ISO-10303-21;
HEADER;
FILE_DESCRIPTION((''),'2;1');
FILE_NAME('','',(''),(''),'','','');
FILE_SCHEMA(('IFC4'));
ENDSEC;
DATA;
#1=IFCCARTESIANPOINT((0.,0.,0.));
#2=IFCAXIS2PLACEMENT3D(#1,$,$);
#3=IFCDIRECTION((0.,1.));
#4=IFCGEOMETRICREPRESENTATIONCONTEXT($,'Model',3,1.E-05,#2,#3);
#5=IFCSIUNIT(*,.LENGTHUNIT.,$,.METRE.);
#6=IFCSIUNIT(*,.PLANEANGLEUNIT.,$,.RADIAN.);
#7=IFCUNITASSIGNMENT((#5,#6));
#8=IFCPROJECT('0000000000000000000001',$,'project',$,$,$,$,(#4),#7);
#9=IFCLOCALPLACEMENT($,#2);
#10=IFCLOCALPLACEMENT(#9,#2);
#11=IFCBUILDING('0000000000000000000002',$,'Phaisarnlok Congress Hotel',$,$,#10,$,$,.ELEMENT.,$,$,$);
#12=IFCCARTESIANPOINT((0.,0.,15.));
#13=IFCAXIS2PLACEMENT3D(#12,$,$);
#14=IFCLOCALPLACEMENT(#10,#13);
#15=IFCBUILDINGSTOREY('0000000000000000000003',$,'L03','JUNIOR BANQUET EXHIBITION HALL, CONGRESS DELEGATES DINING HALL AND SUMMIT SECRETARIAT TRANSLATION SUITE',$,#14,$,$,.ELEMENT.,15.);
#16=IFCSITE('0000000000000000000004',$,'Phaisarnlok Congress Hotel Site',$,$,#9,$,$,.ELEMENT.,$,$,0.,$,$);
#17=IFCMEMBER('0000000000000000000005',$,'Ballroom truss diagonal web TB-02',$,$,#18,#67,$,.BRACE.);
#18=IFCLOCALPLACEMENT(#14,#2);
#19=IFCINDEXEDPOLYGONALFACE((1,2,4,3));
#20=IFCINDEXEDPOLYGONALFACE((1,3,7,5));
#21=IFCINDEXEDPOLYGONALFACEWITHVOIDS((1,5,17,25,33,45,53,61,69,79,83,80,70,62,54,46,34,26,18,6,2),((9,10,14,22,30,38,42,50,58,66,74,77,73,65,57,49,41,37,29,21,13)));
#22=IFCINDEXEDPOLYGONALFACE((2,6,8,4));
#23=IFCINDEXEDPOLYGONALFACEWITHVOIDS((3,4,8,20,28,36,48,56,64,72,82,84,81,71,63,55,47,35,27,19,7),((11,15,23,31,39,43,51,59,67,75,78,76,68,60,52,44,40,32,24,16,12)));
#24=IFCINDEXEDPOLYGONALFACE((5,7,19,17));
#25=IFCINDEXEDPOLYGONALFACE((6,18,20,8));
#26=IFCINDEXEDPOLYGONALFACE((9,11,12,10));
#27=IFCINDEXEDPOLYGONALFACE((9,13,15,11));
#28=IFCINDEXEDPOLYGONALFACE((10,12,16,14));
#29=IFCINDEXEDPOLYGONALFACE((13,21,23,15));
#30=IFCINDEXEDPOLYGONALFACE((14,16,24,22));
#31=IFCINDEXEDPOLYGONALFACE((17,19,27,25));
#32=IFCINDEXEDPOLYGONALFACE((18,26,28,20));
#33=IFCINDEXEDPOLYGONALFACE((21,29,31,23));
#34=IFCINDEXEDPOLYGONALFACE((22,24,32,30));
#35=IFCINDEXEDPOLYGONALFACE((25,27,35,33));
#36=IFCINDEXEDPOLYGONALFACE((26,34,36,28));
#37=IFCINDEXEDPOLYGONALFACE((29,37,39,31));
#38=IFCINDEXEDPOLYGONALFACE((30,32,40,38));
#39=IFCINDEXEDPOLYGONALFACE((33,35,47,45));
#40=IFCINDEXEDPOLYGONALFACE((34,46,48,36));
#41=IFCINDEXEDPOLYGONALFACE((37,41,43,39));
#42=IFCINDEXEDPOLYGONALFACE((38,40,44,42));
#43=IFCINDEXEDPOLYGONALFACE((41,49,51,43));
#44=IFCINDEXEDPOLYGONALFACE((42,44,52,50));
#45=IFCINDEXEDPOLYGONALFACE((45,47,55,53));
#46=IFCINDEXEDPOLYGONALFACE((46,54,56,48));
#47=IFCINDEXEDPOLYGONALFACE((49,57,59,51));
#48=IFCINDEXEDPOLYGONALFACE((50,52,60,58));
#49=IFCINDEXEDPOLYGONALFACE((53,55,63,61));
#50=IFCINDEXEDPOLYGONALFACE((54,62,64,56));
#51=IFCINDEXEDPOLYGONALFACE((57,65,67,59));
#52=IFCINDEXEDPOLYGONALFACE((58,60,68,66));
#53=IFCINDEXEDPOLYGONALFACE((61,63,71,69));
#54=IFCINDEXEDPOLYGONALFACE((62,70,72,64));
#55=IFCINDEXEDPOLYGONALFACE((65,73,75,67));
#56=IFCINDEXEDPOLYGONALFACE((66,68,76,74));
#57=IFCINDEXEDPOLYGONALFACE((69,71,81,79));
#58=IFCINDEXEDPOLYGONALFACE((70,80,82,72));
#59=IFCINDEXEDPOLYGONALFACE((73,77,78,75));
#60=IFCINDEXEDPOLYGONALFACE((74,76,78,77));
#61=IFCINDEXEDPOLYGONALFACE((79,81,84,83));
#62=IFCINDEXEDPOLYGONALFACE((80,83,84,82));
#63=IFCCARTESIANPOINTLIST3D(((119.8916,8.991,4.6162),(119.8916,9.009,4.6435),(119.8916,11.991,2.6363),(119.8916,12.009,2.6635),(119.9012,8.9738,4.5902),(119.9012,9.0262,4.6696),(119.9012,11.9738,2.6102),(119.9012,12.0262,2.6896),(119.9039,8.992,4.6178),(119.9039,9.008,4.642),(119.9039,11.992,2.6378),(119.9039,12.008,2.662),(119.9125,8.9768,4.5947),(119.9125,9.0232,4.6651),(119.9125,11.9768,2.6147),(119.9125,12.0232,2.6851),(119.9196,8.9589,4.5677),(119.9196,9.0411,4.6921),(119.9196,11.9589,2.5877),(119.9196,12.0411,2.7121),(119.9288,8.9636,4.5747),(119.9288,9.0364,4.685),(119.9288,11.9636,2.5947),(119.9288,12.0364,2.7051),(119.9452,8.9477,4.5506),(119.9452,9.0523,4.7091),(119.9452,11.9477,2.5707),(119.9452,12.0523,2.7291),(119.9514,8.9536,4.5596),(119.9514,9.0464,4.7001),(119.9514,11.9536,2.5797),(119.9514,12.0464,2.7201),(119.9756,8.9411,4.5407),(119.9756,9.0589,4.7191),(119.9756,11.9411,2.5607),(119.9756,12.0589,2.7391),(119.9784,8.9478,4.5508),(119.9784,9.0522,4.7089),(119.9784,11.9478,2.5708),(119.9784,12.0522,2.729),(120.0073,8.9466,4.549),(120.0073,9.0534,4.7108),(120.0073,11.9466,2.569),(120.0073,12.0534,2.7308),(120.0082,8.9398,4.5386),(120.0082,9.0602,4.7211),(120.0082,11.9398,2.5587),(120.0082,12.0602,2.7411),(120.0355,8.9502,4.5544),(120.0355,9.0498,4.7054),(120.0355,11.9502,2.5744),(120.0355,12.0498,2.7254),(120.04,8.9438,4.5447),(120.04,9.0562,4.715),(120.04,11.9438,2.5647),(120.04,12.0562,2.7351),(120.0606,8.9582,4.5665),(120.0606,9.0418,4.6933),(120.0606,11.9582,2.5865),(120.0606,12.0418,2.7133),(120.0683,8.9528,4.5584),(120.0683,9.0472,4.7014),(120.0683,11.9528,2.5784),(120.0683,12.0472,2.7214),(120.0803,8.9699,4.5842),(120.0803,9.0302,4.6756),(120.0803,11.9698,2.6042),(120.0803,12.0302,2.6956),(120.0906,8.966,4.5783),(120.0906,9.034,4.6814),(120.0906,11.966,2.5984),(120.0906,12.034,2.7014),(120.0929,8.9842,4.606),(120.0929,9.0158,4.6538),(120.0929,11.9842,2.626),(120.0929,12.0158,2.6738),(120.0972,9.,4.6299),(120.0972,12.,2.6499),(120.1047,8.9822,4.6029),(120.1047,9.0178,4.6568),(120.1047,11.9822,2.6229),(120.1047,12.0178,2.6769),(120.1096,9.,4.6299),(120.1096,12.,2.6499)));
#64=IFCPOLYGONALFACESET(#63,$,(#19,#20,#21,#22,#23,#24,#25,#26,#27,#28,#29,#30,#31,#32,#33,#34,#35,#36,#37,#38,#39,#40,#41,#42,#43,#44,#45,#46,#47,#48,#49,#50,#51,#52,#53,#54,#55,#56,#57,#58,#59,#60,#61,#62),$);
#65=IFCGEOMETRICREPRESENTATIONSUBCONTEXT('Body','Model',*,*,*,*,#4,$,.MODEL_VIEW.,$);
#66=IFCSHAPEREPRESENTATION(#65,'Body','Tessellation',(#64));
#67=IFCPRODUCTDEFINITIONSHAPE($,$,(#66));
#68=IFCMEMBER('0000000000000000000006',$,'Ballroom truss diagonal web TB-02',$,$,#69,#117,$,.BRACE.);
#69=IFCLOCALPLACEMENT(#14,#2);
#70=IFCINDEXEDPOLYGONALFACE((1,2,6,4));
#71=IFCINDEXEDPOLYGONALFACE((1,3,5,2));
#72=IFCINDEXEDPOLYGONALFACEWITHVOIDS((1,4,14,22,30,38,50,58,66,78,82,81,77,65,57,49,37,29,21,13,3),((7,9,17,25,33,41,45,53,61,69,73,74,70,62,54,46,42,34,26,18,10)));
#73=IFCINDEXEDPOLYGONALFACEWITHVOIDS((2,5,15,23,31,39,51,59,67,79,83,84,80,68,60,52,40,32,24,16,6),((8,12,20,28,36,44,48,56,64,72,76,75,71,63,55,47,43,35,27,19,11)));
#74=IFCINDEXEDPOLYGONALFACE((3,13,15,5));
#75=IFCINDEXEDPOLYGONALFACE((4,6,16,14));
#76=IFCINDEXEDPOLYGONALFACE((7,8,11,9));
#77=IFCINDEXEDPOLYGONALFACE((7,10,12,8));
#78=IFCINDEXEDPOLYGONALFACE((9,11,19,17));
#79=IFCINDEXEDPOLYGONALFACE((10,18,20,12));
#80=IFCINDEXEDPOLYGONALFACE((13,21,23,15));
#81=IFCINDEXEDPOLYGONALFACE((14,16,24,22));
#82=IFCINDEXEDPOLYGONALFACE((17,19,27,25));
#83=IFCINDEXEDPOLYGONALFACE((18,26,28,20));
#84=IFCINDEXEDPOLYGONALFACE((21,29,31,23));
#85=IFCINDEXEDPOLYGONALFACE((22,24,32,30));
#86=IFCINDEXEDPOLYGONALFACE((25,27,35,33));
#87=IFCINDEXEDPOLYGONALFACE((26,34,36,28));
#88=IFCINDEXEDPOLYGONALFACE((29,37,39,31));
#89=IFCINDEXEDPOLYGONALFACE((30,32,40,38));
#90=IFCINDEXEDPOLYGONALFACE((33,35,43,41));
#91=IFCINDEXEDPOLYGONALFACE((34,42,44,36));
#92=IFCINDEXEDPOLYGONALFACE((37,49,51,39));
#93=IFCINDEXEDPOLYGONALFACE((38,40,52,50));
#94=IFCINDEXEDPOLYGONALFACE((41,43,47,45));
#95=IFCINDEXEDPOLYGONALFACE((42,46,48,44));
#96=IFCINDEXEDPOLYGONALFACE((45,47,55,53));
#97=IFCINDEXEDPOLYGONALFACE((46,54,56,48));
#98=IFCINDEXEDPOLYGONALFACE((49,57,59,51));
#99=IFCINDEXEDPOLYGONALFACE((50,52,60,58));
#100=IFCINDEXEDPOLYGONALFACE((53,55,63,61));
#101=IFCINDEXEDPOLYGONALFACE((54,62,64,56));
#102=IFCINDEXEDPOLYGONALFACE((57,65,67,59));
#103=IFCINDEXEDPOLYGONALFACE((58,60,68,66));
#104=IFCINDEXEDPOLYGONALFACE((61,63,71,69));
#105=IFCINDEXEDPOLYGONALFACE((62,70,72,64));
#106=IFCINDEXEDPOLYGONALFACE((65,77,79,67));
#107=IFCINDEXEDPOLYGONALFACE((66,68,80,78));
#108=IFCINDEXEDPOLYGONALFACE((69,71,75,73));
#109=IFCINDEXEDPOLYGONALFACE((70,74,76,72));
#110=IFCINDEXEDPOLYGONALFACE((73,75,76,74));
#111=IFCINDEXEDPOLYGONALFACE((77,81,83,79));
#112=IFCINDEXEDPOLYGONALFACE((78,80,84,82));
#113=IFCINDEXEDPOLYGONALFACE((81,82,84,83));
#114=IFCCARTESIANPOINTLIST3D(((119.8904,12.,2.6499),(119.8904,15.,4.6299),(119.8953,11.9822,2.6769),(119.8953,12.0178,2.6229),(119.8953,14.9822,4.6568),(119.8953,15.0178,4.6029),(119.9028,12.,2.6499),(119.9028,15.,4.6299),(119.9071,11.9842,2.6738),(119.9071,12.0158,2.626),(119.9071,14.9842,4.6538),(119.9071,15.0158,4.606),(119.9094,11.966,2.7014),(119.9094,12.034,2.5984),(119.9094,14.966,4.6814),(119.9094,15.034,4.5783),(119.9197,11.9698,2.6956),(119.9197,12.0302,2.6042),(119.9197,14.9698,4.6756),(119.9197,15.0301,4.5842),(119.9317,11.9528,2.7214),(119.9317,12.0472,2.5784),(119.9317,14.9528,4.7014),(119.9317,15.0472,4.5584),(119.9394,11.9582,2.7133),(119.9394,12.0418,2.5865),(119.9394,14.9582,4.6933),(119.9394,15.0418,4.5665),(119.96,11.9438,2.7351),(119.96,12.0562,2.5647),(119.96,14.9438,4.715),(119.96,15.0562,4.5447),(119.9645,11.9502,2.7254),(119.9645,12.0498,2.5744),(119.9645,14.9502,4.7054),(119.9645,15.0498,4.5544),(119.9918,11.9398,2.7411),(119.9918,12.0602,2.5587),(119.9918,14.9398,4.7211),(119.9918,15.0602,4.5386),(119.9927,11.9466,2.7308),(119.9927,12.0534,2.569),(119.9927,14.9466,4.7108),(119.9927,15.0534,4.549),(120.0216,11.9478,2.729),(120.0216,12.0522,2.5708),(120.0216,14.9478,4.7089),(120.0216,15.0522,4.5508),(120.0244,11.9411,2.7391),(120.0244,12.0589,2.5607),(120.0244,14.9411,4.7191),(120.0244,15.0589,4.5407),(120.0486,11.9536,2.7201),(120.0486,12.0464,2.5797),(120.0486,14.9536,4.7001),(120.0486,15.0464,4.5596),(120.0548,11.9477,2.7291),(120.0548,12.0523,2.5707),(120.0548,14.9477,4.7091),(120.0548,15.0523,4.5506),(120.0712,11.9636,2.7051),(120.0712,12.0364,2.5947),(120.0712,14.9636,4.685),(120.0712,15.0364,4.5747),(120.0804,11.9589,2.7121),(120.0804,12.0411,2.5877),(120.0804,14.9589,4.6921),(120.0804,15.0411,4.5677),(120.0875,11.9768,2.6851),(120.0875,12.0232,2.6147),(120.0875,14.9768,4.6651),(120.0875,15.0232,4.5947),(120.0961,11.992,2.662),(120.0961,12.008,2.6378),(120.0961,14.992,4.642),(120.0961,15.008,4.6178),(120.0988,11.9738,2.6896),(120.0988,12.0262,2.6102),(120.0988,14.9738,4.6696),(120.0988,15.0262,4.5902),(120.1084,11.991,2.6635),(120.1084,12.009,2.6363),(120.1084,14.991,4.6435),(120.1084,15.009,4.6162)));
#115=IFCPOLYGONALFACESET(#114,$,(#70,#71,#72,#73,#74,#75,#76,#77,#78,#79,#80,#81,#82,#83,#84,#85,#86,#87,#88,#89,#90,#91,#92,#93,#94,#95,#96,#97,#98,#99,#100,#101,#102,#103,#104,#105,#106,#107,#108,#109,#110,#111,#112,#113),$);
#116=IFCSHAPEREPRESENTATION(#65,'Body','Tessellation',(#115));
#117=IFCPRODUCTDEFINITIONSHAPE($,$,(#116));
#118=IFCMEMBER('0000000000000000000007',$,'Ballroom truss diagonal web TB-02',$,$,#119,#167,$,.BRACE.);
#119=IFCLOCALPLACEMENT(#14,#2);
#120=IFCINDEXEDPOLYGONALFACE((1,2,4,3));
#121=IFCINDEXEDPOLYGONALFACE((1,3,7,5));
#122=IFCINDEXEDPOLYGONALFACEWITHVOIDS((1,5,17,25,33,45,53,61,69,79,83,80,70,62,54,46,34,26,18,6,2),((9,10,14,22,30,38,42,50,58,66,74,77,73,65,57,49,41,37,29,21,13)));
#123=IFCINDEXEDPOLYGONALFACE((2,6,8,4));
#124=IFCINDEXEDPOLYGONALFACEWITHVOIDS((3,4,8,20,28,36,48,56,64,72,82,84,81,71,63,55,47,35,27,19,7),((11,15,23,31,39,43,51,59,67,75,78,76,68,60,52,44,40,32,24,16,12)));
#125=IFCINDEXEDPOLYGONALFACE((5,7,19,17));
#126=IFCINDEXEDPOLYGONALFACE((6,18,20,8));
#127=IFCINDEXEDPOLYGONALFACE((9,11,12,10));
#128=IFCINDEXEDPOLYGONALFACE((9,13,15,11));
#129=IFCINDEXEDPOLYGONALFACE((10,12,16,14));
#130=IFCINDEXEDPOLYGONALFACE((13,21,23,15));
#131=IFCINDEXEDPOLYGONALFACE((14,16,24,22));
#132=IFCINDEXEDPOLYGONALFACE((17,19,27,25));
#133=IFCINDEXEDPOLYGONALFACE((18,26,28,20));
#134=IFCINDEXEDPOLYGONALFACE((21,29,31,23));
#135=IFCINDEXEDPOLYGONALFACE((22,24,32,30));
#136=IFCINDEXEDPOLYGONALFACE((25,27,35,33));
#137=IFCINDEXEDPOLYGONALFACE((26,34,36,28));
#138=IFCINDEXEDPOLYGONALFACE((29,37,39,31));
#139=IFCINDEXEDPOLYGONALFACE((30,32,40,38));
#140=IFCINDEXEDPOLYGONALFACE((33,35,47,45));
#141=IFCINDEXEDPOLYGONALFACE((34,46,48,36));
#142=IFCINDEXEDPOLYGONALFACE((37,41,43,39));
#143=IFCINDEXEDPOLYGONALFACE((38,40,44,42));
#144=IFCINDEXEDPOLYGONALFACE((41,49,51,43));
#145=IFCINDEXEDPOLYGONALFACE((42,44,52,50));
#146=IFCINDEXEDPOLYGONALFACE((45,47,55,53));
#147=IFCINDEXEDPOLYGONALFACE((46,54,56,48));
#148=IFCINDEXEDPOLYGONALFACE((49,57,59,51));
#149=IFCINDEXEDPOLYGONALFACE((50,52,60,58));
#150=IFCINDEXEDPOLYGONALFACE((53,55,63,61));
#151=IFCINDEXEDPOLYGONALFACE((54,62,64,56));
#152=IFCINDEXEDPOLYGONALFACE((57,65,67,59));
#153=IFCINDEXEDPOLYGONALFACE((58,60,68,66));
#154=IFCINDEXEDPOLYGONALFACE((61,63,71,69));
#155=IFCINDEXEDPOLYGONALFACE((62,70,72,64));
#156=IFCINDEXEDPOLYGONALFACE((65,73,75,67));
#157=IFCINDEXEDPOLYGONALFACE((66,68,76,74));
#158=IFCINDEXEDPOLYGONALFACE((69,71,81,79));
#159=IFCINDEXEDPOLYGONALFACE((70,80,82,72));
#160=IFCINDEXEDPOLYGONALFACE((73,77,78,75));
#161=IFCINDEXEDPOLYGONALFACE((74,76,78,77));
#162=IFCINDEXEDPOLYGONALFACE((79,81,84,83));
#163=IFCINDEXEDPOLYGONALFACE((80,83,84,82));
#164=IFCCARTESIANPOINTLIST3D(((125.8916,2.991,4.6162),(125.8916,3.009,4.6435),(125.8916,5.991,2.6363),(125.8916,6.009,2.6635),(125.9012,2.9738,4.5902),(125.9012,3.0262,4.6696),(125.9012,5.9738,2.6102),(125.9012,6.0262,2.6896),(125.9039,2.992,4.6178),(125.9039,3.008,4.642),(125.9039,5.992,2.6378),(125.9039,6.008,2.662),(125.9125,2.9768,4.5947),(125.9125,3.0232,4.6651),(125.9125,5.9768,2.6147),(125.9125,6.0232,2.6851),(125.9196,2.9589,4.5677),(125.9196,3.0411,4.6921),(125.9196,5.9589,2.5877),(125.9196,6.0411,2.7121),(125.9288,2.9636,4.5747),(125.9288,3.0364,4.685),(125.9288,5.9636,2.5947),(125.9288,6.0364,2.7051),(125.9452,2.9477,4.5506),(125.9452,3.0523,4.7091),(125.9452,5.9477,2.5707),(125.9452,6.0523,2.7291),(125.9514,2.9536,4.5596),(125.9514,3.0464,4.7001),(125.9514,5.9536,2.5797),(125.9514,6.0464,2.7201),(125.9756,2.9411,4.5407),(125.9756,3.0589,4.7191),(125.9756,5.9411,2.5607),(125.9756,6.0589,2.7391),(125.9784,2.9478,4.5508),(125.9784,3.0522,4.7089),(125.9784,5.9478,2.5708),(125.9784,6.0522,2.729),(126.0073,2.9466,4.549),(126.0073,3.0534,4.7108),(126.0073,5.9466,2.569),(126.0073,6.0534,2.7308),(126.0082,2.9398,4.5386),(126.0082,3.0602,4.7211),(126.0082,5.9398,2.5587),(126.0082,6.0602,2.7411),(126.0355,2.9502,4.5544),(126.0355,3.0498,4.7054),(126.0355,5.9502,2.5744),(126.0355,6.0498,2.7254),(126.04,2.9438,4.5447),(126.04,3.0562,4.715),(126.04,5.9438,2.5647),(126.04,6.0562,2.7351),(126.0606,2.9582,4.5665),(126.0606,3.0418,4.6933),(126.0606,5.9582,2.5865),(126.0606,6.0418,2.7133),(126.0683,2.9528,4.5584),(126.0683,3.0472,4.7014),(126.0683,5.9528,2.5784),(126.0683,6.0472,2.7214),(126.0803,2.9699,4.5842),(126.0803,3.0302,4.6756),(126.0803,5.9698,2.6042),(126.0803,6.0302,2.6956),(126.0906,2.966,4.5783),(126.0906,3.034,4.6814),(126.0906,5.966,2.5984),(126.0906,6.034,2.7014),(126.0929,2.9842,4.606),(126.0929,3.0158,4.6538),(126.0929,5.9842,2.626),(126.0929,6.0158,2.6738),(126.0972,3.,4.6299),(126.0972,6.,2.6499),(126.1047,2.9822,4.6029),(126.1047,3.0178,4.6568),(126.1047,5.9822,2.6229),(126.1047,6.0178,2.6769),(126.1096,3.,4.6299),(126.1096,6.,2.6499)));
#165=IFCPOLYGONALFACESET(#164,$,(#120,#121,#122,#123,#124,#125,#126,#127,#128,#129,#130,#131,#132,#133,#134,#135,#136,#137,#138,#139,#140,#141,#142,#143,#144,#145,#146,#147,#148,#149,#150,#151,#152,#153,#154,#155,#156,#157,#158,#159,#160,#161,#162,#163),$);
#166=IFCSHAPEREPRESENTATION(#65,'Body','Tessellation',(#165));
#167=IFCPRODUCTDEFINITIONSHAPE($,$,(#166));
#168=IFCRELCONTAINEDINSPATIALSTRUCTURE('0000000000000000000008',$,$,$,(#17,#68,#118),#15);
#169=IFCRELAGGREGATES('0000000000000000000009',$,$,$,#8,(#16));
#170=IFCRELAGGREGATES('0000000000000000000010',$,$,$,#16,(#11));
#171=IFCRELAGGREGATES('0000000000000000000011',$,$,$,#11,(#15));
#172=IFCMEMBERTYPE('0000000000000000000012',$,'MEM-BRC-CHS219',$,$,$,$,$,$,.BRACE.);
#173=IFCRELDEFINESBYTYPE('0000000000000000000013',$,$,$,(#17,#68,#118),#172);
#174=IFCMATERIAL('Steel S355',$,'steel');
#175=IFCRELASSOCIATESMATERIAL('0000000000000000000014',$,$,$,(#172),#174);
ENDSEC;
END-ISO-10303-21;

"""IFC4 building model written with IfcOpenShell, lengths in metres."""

from ifc_helpers import new_model, si_unit, direction, frame, origin, origin_2d, place, context, subcontext, project, spatial, hollow_circle, extrude, material, material_profile, profile_set, type_object, element, save


model = new_model("IFC4")

# Units and contexts
model_context = context("Model", 3, precision=1e-05, world=origin(), true_north=direction((0.0, 1.0)))
body_context = subcontext(model_context, "Body", "Model", "MODEL_VIEW")
ifc_project = project(units=[si_unit("LENGTHUNIT", "METRE"), si_unit("PLANEANGLEUNIT", "RADIAN")], contexts=[model_context])

# Site, building, storey
site_placement = place(None, origin())
site = spatial("IfcSite", under=ifc_project, at=site_placement, Name="Phaisarnlok Congress Hotel Site", CompositionType="ELEMENT", RefElevation=0.0)
building_placement = place(site_placement, origin())
building = spatial("IfcBuilding", under=site, at=building_placement, Name="Phaisarnlok Congress Hotel", CompositionType="ELEMENT")
storey_placement = place(building_placement, frame((0.0, 0.0, 15.0)))
storey = spatial("IfcBuildingStorey", under=building, at=storey_placement, Name="L03", Description="JUNIOR BANQUET EXHIBITION HALL, CONGRESS DELEGATES DINING HALL AND SUMMIT SECRETARIAT TRANSLATION SUITE", CompositionType="ELEMENT", Elevation=15.0)

# Members
ifc_material = material(Name="Steel S355", Category="steel")
ifc_material_profile_1 = material_profile(ifc_material, hollow_circle(Radius=0.1096, WallThickness=0.0125, at=origin_2d()), Name="CHS 219.1x12.5")
ifc_profile_set_1 = profile_set([ifc_material_profile_1], Name="Steel S355")
member_type_1 = type_object("IfcMemberType", Name="MEM-BRC-CHS219", PredefinedType="BRACE", material=ifc_profile_set_1)
for number, where, z_axis, x_axis, name in (
    (1, (120.0, 12.0, 2.6499), (0.0, -0.834612, 0.550838), (1.0, 0.0, 0.0), "Ballroom truss diagonal web TB-02"),
    (2, (120.0, 12.0, 2.6499), (0.0, 0.834612, 0.550838), (-1.0, 0.0, 0.0), "Ballroom truss diagonal web TB-02"),
    (3, (126.0, 6.0, 2.6499), (0.0, -0.834612, 0.550838), (1.0, 0.0, 0.0), "Ballroom truss diagonal web TB-02"),
):
    element("IfcMember", number, at=place(storey_placement, frame(where, z_axis=z_axis, x_axis=x_axis)), inside=storey, type_object=member_type_1, Name=name, PredefinedType="BRACE", context=body_context, shape_type="SweptSolid", body=[
        extrude(hollow_circle(Radius=0.1096, WallThickness=0.0125, at=origin_2d()), origin(), (0.0, 0.0, 1.0), 3.5945),
    ])

save(model, "model.ifc")
